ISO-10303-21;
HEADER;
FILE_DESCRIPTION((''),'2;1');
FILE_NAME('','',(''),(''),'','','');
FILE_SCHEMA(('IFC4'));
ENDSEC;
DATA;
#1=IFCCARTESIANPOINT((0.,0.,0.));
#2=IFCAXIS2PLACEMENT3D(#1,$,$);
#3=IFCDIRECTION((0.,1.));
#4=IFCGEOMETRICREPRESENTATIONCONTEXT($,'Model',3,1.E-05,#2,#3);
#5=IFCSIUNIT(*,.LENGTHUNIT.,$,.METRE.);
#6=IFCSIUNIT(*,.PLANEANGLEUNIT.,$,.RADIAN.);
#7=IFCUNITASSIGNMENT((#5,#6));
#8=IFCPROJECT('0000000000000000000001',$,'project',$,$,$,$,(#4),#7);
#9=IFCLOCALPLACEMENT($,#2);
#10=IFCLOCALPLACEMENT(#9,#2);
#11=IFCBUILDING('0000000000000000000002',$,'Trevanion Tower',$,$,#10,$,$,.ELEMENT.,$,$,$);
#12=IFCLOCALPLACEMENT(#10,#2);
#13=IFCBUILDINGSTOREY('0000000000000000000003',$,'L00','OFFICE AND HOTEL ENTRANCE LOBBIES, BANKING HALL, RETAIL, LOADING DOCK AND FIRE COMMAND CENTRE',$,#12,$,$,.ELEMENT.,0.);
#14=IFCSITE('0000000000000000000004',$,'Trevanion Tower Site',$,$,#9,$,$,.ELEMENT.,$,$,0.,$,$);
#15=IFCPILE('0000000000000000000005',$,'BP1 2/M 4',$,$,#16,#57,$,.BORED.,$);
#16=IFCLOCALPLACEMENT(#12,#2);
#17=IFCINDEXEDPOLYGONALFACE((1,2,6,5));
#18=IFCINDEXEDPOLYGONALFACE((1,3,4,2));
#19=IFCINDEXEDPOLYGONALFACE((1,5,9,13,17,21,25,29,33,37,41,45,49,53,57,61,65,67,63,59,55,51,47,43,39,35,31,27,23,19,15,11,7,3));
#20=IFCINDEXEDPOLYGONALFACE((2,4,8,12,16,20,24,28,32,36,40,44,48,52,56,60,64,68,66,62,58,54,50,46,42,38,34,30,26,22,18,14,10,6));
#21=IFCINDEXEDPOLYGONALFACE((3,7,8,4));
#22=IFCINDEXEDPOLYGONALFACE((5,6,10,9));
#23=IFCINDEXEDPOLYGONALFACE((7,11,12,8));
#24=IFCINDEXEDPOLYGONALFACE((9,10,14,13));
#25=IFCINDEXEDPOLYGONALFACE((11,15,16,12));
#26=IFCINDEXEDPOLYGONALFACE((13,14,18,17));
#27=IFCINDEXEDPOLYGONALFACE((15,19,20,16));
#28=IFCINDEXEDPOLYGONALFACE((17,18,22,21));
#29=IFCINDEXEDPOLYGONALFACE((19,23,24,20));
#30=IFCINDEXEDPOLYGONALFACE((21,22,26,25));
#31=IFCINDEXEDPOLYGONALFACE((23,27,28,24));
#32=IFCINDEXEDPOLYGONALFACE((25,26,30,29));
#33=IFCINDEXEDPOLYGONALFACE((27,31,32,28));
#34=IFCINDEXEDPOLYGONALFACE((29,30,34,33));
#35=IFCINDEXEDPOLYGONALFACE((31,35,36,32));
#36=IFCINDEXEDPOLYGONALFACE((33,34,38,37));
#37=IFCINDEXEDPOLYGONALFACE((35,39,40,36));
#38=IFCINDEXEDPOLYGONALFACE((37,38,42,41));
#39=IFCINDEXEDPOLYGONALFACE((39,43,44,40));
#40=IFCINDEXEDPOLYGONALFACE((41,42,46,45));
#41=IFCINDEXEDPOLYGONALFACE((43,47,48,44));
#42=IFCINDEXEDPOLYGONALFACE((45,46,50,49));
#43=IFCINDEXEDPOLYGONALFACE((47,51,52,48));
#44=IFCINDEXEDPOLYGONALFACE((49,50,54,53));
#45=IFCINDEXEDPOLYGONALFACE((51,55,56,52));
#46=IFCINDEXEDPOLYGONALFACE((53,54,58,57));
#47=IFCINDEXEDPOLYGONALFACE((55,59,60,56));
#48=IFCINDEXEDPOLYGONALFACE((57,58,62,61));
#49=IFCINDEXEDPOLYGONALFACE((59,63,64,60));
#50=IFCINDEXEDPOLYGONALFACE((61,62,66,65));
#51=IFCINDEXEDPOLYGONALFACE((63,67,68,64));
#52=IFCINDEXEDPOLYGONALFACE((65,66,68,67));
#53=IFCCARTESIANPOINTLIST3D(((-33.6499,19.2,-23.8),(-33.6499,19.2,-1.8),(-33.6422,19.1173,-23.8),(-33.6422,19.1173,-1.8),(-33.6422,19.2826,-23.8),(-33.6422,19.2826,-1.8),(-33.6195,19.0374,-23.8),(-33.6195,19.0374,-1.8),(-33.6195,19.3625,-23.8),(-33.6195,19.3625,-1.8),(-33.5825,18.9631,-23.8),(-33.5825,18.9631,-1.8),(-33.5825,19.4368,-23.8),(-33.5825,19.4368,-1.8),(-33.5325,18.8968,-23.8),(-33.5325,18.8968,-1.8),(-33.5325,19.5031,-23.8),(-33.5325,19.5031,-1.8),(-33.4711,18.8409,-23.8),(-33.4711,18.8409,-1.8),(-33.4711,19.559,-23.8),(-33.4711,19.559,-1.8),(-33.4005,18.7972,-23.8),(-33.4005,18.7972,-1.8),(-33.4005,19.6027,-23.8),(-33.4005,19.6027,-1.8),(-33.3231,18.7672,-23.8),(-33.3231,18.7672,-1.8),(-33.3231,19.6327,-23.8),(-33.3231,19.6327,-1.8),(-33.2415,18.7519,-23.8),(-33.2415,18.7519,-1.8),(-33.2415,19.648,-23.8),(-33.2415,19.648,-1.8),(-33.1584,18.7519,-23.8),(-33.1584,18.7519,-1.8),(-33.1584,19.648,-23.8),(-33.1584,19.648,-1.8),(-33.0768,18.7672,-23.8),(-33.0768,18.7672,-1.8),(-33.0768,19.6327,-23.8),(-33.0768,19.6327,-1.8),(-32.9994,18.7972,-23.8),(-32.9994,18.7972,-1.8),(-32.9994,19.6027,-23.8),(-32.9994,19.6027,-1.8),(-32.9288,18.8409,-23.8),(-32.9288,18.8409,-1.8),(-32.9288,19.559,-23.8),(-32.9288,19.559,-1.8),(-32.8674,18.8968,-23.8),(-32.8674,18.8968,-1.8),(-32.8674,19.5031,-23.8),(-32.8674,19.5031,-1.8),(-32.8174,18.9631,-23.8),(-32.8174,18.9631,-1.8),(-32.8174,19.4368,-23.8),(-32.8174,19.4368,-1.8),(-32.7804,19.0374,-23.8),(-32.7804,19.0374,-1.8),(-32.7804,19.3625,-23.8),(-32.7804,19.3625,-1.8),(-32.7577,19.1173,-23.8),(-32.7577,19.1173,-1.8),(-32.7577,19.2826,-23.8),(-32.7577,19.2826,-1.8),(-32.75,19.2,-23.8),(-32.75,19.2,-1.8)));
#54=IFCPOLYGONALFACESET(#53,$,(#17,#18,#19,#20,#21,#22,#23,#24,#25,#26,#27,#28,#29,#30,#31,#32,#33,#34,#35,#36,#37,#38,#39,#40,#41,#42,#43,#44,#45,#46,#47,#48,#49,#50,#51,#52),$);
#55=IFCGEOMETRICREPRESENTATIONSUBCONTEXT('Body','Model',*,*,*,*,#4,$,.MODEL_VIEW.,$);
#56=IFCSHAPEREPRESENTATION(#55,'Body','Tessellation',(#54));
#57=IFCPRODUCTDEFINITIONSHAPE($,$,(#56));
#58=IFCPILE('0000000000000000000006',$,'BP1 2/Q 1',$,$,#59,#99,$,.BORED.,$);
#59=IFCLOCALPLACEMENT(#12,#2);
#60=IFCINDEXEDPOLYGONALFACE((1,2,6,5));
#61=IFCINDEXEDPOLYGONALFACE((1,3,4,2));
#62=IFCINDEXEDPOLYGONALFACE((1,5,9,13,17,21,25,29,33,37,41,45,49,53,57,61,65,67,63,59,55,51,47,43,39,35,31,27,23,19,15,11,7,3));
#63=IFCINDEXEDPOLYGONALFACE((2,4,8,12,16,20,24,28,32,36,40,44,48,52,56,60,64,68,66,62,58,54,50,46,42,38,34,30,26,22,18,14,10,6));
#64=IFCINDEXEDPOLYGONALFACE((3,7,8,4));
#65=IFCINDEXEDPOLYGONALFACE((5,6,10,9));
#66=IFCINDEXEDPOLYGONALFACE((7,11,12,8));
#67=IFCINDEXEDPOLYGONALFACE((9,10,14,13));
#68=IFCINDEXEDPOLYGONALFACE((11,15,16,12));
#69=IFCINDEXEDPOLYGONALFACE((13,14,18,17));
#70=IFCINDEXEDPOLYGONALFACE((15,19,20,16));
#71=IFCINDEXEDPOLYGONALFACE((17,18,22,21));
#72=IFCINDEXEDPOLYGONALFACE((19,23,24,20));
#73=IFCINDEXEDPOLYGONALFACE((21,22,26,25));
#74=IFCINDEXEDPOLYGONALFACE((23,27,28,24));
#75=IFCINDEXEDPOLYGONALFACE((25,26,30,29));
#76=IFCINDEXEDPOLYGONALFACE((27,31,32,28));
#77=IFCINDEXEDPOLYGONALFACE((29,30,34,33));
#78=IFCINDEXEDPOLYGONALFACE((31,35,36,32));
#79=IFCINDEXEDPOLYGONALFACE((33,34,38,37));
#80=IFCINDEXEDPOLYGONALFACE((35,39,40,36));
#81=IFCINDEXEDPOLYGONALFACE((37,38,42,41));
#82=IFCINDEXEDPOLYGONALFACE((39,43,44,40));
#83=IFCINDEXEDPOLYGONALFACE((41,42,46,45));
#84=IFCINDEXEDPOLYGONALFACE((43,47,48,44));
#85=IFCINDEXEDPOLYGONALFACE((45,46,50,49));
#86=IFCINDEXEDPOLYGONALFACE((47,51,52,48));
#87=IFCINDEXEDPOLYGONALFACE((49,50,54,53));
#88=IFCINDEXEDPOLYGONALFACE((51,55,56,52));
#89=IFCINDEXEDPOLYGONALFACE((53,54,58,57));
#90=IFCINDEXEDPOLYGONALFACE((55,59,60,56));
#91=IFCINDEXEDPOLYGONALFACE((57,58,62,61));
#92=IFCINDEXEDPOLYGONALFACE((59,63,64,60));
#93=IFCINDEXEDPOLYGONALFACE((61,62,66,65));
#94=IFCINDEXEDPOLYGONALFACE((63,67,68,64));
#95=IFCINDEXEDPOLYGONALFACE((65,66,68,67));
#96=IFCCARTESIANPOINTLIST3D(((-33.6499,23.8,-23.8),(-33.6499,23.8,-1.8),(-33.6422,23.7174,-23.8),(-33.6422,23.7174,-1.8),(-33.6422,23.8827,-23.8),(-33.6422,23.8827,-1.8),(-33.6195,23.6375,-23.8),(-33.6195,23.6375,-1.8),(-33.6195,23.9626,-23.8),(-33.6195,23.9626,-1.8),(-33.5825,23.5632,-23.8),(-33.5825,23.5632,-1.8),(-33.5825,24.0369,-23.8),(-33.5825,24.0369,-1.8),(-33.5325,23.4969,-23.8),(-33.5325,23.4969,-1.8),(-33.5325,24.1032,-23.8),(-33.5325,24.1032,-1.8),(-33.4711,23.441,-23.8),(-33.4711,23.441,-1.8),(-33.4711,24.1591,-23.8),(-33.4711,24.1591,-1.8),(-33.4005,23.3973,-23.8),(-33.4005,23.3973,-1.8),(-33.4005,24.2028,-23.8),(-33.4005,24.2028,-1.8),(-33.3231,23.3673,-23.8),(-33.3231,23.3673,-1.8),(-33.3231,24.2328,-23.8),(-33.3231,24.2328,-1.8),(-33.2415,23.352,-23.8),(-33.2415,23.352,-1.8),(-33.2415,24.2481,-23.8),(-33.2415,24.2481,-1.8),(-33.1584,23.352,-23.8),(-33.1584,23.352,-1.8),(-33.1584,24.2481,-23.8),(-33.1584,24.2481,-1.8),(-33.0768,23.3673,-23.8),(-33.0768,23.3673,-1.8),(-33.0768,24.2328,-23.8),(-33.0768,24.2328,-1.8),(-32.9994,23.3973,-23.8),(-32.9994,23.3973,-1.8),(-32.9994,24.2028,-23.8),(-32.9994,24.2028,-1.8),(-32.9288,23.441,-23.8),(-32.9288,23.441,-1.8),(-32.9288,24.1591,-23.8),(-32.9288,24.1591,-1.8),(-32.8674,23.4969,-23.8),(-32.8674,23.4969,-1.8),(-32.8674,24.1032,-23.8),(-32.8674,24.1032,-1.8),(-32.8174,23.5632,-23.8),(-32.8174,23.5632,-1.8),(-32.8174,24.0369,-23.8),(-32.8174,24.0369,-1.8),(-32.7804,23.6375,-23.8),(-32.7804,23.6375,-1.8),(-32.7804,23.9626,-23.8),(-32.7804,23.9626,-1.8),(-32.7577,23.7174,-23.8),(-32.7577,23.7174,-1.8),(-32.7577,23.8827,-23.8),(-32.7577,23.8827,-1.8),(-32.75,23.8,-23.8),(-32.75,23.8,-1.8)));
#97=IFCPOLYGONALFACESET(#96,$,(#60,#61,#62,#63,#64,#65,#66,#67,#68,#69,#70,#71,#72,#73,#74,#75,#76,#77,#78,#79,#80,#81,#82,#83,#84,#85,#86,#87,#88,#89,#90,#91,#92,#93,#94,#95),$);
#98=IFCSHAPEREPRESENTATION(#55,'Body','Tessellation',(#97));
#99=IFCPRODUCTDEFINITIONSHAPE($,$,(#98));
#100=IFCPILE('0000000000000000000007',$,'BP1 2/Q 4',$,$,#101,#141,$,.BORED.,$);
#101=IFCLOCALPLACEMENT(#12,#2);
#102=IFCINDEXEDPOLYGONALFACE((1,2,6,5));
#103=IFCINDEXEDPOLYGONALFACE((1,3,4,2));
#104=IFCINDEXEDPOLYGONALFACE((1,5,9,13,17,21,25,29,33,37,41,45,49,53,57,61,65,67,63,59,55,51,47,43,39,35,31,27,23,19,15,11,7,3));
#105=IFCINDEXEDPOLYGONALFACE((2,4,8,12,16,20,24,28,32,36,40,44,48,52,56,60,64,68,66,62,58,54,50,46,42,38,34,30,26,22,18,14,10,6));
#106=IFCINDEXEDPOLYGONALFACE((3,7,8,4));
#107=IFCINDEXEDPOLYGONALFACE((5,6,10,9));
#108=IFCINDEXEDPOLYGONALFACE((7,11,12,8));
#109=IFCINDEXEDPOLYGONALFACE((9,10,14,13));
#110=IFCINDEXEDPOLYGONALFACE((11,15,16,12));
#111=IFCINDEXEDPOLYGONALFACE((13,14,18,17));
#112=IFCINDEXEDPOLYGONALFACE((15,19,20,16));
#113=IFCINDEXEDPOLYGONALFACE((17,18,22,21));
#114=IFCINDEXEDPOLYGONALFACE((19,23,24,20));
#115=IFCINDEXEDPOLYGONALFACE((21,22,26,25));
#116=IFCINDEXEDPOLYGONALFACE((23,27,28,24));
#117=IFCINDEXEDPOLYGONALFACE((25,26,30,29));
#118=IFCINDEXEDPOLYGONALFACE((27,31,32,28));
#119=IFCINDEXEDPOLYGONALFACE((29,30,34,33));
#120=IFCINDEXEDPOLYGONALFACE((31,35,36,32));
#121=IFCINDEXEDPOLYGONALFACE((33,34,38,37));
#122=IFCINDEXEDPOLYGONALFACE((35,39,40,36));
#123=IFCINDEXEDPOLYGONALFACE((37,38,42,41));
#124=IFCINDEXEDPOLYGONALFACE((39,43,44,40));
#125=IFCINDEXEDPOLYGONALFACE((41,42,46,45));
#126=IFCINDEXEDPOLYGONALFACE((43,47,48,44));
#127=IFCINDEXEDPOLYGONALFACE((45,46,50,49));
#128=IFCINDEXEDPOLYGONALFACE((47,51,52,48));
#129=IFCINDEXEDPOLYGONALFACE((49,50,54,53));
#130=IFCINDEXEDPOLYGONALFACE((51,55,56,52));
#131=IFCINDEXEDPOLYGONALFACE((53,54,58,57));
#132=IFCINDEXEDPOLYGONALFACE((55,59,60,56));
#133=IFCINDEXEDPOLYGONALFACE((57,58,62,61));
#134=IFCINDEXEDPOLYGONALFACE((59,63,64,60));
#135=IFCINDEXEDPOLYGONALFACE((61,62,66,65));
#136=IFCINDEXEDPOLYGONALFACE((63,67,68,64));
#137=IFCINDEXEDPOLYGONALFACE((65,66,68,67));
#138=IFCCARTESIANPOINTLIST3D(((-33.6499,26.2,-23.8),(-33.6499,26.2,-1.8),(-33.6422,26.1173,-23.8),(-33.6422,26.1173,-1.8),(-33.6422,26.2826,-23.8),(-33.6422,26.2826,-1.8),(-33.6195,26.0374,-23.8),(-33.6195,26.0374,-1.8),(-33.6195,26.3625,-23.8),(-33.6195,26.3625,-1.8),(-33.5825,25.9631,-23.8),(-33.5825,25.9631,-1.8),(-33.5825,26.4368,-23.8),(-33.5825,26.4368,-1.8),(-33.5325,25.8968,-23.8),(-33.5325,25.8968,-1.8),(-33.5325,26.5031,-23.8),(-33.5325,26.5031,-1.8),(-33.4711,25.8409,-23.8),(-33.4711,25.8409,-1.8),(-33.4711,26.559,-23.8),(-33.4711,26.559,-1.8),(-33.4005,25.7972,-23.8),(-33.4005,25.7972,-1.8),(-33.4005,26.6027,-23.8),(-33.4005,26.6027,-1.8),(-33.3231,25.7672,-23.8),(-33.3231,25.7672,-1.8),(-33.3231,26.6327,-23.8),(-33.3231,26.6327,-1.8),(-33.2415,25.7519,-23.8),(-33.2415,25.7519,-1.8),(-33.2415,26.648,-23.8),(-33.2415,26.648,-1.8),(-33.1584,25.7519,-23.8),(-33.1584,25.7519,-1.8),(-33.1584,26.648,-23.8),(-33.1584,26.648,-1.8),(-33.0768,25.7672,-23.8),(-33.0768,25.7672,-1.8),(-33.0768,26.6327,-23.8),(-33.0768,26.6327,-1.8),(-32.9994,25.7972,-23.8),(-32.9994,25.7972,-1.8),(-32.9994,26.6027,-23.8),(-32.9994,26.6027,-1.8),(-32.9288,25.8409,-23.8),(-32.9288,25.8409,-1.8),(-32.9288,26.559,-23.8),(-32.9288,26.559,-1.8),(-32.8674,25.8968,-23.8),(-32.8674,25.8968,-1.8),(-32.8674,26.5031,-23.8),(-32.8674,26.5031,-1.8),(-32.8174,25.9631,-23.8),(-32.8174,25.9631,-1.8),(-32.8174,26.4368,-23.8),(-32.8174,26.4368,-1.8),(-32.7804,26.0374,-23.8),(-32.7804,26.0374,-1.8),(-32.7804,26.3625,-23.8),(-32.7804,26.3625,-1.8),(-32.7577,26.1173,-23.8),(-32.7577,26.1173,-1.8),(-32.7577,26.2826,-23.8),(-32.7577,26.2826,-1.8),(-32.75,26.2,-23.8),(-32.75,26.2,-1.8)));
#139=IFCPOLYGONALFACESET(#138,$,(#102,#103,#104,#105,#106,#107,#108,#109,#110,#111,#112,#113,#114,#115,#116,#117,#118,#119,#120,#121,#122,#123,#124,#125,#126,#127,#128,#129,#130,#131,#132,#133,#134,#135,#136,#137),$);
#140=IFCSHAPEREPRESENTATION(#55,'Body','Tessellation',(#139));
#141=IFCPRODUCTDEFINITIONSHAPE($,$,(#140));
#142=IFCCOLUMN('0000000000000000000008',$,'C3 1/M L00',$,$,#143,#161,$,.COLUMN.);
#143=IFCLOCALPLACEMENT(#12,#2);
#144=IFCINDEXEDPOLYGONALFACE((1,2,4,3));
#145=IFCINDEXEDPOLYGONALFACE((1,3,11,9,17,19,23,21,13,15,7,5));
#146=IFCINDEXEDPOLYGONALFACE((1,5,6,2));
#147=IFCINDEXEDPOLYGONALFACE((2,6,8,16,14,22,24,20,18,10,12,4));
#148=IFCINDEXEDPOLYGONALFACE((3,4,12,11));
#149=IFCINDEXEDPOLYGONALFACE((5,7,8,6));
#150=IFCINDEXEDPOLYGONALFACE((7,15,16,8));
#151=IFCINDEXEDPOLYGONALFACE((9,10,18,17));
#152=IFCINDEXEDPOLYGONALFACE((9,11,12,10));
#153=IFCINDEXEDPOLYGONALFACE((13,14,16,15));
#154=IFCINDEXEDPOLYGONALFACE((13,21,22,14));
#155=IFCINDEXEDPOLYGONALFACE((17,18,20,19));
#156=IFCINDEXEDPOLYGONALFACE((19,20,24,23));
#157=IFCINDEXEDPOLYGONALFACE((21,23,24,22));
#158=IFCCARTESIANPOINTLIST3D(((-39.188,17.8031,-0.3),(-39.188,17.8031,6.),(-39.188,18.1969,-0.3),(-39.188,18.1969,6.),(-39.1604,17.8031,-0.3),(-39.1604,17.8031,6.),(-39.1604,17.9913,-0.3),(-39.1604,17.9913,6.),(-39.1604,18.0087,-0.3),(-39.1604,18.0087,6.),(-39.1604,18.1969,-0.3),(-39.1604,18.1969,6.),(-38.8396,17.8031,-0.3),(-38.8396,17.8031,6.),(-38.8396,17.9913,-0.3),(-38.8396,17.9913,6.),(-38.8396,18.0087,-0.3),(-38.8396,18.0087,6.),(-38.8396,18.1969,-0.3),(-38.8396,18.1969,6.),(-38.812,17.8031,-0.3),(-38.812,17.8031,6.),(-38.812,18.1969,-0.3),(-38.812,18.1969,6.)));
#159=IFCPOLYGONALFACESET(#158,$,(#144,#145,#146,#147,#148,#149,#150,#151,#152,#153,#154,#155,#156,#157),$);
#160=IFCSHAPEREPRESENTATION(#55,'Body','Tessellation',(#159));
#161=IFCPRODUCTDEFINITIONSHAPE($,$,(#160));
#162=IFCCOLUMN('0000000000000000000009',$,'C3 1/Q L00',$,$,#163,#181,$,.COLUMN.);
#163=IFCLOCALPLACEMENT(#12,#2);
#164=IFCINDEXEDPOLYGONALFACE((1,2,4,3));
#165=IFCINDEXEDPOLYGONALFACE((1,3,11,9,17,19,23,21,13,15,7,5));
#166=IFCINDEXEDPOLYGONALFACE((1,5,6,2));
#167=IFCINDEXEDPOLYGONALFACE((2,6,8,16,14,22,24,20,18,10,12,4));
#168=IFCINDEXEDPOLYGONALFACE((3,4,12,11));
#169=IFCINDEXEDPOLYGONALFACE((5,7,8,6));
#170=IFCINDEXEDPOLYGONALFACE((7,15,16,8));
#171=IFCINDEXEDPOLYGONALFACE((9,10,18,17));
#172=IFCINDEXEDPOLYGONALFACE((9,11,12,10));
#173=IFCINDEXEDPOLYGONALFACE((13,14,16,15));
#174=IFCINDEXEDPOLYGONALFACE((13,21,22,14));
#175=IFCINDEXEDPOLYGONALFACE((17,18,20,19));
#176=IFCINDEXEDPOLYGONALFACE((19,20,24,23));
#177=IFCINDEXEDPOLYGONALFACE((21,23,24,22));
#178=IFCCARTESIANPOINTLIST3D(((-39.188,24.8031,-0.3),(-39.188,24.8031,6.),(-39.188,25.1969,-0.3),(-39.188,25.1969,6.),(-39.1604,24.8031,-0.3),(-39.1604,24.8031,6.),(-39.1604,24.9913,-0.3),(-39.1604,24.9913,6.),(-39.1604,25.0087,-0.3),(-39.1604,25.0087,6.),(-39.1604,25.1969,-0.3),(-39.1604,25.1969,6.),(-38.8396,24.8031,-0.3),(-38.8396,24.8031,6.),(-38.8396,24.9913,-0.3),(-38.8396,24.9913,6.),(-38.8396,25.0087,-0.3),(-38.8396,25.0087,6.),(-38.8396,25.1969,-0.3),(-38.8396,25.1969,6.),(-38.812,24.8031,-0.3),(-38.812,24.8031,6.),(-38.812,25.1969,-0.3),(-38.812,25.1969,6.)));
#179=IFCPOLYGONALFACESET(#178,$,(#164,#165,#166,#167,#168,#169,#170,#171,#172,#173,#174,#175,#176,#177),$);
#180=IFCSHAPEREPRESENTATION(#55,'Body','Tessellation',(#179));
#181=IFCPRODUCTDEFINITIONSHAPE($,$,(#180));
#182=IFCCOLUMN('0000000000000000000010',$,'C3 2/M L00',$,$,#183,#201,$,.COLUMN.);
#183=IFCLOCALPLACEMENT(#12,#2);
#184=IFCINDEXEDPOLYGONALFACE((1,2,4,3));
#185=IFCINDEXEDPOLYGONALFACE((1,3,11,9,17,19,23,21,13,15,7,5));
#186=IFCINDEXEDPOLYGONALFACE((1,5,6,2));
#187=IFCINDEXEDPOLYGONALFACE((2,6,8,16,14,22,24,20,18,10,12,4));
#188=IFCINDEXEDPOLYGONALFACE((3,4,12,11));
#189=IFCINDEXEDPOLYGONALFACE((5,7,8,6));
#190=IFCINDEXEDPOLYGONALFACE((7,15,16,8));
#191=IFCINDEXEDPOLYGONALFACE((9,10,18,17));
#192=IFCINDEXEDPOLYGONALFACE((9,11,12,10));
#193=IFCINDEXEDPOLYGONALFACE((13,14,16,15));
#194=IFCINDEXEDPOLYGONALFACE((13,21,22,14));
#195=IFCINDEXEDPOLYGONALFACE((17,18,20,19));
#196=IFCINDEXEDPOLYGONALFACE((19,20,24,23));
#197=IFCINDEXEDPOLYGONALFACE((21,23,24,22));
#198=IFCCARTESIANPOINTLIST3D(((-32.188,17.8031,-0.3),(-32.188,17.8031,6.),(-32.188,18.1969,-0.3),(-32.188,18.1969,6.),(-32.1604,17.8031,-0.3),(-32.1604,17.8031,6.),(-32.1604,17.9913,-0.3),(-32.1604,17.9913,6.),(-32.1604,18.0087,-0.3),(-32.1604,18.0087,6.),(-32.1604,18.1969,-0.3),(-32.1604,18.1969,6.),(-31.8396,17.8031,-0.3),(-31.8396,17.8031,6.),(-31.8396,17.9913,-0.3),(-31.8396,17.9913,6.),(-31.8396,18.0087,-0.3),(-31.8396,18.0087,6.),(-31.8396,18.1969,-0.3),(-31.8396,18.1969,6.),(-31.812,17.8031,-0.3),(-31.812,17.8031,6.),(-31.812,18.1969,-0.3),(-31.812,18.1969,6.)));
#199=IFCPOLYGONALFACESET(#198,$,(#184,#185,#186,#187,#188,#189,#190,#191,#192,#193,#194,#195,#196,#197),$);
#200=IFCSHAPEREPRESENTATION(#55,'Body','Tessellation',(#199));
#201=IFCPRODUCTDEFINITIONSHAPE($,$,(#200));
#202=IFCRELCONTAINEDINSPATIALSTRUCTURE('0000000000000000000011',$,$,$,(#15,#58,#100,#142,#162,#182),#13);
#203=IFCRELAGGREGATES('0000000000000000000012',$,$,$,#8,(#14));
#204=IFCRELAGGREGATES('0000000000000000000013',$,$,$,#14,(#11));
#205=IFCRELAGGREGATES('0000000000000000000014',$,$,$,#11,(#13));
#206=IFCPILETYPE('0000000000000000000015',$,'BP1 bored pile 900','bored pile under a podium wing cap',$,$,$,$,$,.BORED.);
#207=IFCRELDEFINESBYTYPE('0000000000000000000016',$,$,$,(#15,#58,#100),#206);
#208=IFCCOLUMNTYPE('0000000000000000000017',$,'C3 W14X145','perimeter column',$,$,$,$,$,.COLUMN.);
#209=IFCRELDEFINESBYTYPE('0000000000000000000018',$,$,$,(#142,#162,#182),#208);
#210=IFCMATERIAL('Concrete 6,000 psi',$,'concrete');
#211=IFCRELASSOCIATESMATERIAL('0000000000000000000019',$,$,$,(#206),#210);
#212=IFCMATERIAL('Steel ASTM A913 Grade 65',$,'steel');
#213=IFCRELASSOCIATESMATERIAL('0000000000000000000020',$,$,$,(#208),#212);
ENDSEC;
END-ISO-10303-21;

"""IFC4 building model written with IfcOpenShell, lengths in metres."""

from ifc_helpers import new_model, si_unit, direction, frame, origin, origin_2d, place, context, subcontext, project, spatial, circle, i_section, extrude, material, material_profile, profile_set, type_object, element, save


model = new_model("IFC4")

# Units and contexts
model_context = context("Model", 3, precision=1e-05, world=origin(), true_north=direction((0.0, 1.0)))
body_context = subcontext(model_context, "Body", "Model", "MODEL_VIEW")
ifc_project = project(units=[si_unit("LENGTHUNIT", "METRE"), si_unit("PLANEANGLEUNIT", "RADIAN")], contexts=[model_context])

# Site, building, storey
site_placement = place(None, origin())
site = spatial("IfcSite", under=ifc_project, at=site_placement, Name="Trevanion Tower Site", CompositionType="ELEMENT", RefElevation=0.0)
building_placement = place(site_placement, origin())
building = spatial("IfcBuilding", under=site, at=building_placement, Name="Trevanion Tower", CompositionType="ELEMENT")
storey_placement = place(building_placement, origin())
storey = spatial("IfcBuildingStorey", under=building, at=storey_placement, Name="L00", Description="OFFICE AND HOTEL ENTRANCE LOBBIES, BANKING HALL, RETAIL, LOADING DOCK AND FIRE COMMAND CENTRE", CompositionType="ELEMENT", Elevation=0.0)

# Piles
ifc_material_1 = material(Name="Concrete 6,000 psi", Category="concrete")
ifc_material_profile_1 = material_profile(ifc_material_1, circle(Radius=0.45, at=origin_2d()), Name="BP1 bored pile 900")
ifc_profile_set_1 = profile_set([ifc_material_profile_1], Name="Concrete 6,000 psi")
pile_type = type_object("IfcPileType", Name="BP1 bored pile 900", Description="bored pile under a podium wing cap", PredefinedType="BORED", material=ifc_profile_set_1)
for number, where, z_axis, x_axis, name in (
    (1, (-33.2, 19.2, -1.8), (0.0, 0.0, -1.0), (1.0, 0.0, 0.0), "BP1 2/M 4"),
    (2, (-33.2, 23.8, -1.8), (0.0, 0.0, -1.0), (1.0, 0.0, 0.0), "BP1 2/Q 1"),
    (3, (-33.2, 26.2, -1.8), (0.0, 0.0, -1.0), (1.0, 0.0, 0.0), "BP1 2/Q 4"),
):
    element("IfcPile", number, at=place(storey_placement, frame(where, z_axis=z_axis, x_axis=x_axis)), inside=storey, type_object=pile_type, Name=name, PredefinedType="BORED", context=body_context, shape_type="SweptSolid", body=[
        extrude(circle(Radius=0.45, at=origin_2d()), origin(), (0.0, 0.0, 1.0), 22.0),
    ])

# Columns
ifc_material_2 = material(Name="Steel ASTM A913 Grade 65", Category="steel")
ifc_material_profile_2 = material_profile(ifc_material_2, i_section(OverallWidth=0.3938, OverallDepth=0.376, WebThickness=0.0173, FlangeThickness=0.0276, at=origin_2d()), Name="W14X145")
ifc_profile_set_2 = profile_set([ifc_material_profile_2], Name="Steel ASTM A913 Grade 65")
column_type = type_object("IfcColumnType", Name="C3 W14X145", Description="perimeter column", PredefinedType="COLUMN", material=ifc_profile_set_2)
for number, where, z_axis, x_axis, name in (
    (4, (-39.0, 18.0, -0.3), (0.0, 0.0, 1.0), (0.0, 1.0, 0.0), "C3 1/M L00"),
    (5, (-39.0, 25.0, -0.3), (0.0, 0.0, 1.0), (0.0, 1.0, 0.0), "C3 1/Q L00"),
    (6, (-32.0, 18.0, -0.3), (0.0, 0.0, 1.0), (0.0, 1.0, 0.0), "C3 2/M L00"),
):
    element("IfcColumn", number, at=place(storey_placement, frame(where, z_axis=z_axis, x_axis=x_axis)), inside=storey, type_object=column_type, Name=name, PredefinedType="COLUMN", context=body_context, shape_type="SweptSolid", body=[
        extrude(i_section(OverallWidth=0.3938, OverallDepth=0.376, WebThickness=0.0173, FlangeThickness=0.0276, at=origin_2d()), origin(), (0.0, 0.0, 1.0), 6.3),
    ])

save(model, "model.ifc")
